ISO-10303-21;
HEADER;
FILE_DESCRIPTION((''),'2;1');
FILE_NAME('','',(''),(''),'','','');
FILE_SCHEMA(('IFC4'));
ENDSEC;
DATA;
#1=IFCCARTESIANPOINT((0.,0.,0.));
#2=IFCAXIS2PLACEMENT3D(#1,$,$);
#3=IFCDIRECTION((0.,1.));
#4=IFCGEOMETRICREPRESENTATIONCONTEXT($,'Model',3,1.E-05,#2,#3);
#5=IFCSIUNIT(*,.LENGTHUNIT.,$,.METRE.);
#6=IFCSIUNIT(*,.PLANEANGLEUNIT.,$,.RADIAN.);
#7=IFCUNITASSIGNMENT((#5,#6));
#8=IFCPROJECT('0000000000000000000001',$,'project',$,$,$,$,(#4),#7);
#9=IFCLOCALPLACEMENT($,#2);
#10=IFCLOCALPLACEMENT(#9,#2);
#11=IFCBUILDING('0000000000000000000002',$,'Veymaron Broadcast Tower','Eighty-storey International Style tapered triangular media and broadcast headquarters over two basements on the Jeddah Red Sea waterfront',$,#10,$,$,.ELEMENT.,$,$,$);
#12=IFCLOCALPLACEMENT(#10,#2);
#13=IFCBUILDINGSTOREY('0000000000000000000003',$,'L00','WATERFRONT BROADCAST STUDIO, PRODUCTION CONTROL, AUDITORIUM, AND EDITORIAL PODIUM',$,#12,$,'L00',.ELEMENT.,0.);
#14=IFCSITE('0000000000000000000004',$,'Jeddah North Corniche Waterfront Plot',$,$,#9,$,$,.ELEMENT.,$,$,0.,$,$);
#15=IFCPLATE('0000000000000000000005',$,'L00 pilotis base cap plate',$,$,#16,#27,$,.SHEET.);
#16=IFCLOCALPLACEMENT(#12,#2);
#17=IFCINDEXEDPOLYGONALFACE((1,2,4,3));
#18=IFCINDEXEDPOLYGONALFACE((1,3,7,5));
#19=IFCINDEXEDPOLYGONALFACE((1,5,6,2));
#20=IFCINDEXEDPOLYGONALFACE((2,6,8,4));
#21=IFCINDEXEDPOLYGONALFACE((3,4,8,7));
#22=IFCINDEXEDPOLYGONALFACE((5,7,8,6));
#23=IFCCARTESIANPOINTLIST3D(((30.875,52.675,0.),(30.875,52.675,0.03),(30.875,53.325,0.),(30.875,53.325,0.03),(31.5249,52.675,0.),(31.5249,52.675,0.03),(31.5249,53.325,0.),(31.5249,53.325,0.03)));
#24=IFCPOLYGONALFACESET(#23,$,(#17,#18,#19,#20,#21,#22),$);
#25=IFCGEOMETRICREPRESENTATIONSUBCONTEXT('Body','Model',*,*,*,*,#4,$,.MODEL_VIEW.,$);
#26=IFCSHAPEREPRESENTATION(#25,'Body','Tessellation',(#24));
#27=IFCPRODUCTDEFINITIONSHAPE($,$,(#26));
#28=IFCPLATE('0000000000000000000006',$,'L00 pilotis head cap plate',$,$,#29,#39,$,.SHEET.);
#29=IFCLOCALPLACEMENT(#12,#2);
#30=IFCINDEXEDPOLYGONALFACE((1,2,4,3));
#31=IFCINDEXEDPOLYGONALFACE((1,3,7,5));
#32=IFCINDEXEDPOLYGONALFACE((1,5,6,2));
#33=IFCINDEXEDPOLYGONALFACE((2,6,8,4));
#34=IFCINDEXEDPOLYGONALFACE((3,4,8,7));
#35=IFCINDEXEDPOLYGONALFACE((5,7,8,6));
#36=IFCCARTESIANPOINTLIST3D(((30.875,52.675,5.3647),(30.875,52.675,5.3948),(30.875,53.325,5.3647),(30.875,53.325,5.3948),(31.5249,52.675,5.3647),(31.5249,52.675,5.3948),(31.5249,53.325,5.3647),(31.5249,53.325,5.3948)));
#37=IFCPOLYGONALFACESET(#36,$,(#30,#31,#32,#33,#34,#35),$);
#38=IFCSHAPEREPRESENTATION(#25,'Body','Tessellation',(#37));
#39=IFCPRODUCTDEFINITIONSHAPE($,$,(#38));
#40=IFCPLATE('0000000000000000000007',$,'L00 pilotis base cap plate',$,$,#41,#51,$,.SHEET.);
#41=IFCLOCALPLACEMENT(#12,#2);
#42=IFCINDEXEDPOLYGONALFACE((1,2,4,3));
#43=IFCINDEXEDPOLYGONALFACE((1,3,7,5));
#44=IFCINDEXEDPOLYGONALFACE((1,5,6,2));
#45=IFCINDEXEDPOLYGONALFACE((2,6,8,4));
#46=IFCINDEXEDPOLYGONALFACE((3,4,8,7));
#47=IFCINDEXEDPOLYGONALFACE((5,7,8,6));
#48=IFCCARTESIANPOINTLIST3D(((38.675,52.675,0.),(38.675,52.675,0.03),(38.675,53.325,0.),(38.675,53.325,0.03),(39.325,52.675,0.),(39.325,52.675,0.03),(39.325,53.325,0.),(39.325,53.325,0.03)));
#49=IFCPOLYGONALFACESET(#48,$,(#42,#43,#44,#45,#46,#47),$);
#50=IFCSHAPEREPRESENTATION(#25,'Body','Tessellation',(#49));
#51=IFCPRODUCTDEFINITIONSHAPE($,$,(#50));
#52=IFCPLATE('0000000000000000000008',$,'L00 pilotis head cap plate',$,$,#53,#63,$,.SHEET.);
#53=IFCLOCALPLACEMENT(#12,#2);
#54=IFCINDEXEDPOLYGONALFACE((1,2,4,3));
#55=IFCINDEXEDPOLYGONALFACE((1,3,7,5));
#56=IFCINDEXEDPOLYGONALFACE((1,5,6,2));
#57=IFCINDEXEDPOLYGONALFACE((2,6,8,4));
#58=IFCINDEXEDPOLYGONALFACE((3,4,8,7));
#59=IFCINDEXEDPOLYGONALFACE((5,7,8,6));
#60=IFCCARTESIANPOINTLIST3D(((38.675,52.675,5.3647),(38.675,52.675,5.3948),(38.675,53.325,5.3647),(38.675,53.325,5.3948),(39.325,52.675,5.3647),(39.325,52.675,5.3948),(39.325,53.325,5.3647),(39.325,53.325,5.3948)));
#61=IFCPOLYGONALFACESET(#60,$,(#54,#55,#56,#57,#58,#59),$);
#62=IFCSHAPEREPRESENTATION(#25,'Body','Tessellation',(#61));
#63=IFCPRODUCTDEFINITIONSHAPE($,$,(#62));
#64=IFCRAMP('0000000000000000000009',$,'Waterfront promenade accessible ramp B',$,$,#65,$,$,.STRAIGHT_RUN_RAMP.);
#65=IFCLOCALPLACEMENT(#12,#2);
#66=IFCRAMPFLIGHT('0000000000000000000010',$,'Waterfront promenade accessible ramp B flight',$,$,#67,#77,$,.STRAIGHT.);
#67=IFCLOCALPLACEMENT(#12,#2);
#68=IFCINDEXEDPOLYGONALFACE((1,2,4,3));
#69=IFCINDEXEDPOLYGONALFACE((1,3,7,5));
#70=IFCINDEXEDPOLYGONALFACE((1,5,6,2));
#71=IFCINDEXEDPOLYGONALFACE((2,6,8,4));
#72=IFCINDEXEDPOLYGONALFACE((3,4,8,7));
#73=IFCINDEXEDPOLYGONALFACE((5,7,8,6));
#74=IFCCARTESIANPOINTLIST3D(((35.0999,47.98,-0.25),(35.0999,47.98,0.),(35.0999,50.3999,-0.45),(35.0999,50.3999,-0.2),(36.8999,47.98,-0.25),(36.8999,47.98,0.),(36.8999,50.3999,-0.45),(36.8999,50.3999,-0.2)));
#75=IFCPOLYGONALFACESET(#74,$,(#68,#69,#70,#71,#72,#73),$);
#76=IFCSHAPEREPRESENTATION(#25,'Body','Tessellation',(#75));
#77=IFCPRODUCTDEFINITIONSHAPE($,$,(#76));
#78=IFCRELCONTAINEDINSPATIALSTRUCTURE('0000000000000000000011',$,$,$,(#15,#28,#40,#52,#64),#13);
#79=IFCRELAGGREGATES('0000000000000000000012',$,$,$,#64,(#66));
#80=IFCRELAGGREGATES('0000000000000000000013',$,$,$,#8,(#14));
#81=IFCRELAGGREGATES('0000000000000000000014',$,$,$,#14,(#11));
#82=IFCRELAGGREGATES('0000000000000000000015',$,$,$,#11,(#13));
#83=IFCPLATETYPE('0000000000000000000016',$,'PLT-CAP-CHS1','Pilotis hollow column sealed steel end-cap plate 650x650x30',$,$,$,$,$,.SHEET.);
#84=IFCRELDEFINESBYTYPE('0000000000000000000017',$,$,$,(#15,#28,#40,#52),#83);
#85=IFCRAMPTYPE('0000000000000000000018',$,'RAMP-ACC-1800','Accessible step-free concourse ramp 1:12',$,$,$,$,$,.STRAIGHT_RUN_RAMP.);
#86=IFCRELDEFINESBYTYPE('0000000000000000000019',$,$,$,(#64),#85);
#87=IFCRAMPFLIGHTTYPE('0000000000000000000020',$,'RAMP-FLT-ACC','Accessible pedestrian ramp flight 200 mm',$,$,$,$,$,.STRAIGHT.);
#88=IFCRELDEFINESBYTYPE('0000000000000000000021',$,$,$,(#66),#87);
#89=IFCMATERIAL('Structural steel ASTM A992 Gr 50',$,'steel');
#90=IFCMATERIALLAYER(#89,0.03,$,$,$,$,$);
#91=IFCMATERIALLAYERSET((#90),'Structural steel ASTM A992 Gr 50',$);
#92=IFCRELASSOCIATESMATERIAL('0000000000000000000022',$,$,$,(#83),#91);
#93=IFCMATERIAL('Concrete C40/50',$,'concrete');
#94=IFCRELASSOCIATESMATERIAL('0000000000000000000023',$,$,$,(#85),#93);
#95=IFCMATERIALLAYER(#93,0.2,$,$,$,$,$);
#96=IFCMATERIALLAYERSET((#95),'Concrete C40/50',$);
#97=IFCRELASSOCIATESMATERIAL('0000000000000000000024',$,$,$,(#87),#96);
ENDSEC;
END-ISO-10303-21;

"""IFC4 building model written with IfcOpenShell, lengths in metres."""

from ifc_helpers import new_model, si_unit, direction, frame, origin, origin_2d, place, context, subcontext, project, spatial, polyline, rectangle, outline, extrude, material, layer, layer_set, type_object, element, aggregate, save


model = new_model("IFC4")

# Units and contexts
model_context = context("Model", 3, precision=1e-05, world=origin(), true_north=direction((0.0, 1.0)))
body_context = subcontext(model_context, "Body", "Model", "MODEL_VIEW")
ifc_project = project(units=[si_unit("LENGTHUNIT", "METRE"), si_unit("PLANEANGLEUNIT", "RADIAN")], contexts=[model_context])

# Site, building, storey
site_placement = place(None, origin())
site = spatial("IfcSite", under=ifc_project, at=site_placement, Name="Jeddah North Corniche Waterfront Plot", CompositionType="ELEMENT", RefElevation=0.0)
building_placement = place(site_placement, origin())
building = spatial("IfcBuilding", under=site, at=building_placement, Name="Veymaron Broadcast Tower", Description="Eighty-storey International Style tapered triangular media and broadcast headquarters over two basements on the Jeddah Red Sea waterfront", CompositionType="ELEMENT")
storey_placement = place(building_placement, origin())
storey = spatial("IfcBuildingStorey", under=building, at=storey_placement, Name="L00", Description="WATERFRONT BROADCAST STUDIO, PRODUCTION CONTROL, AUDITORIUM, AND EDITORIAL PODIUM", LongName="L00", CompositionType="ELEMENT", Elevation=0.0)

# Shared definitions
ifc_material_1 = material(Name="Structural steel ASTM A992 Gr 50", Category="steel")

# Plates
ifc_layer_1 = layer(ifc_material_1, 0.03)
ifc_layer_set_1 = layer_set([ifc_layer_1], Name="Structural steel ASTM A992 Gr 50")
plate_type = type_object("IfcPlateType", Name="PLT-CAP-CHS1", Description="Pilotis hollow column sealed steel end-cap plate 650x650x30", PredefinedType="SHEET", material=ifc_layer_set_1)
for number, where, z_axis, x_axis, name in (
    (1, (31.2, 53.0, 0.0), (0.0, 0.0, 1.0), (1.0, 0.0, 0.0), "L00 pilotis base cap plate"),
    (2, (31.2, 53.0, 5.3647), (0.0, 0.0, 1.0), (1.0, 0.0, 0.0), "L00 pilotis head cap plate"),
    (3, (39.0, 53.0, 0.0), (0.0, 0.0, 1.0), (1.0, 0.0, 0.0), "L00 pilotis base cap plate"),
    (4, (39.0, 53.0, 5.3647), (0.0, 0.0, 1.0), (1.0, 0.0, 0.0), "L00 pilotis head cap plate"),
):
    element("IfcPlate", number, at=place(storey_placement, frame(where, z_axis=z_axis, x_axis=x_axis)), inside=storey, type_object=plate_type, Name=name, PredefinedType="SHEET", context=body_context, shape_type="SweptSolid", body=[
        extrude(rectangle(XDim=0.6499, YDim=0.6499, at=origin_2d()), origin(), (0.0, 0.0, 1.0), 0.03),
    ])

# Ramp, ramp flight
ifc_material_2 = material(Name="Concrete C40/50", Category="concrete")
ramp_type = type_object("IfcRampType", Name="RAMP-ACC-1800", Description="Accessible step-free concourse ramp 1:12", PredefinedType="STRAIGHT_RUN_RAMP", material=ifc_material_2)
ramp_placement = place(storey_placement, origin())
ramp = element("IfcRamp", 5, at=ramp_placement, inside=storey, type_object=ramp_type, Name="Waterfront promenade accessible ramp B", PredefinedType="STRAIGHT_RUN_RAMP")
ifc_layer_2 = layer(ifc_material_2, 0.2)
ifc_layer_set_2 = layer_set([ifc_layer_2], Name="Concrete C40/50")
ramp_flight_type = type_object("IfcRampFlightType", Name="RAMP-FLT-ACC", Description="Accessible pedestrian ramp flight 200 mm", PredefinedType="STRAIGHT", material=ifc_layer_set_2)
ramp_flight_placement = place(storey_placement, frame((36.0, 50.3999, -0.2), z_axis=(0.0, 0.0, 1.0), x_axis=(0.0, -1.0, 0.0)))
ramp_flight = element("IfcRampFlight", 6, at=ramp_flight_placement, type_object=ramp_flight_type, Name="Waterfront promenade accessible ramp B flight", PredefinedType="STRAIGHT", context=body_context, shape_type="SweptSolid", body=[
    extrude(outline(polyline([(0.0, 0.0), (2.4199, 0.2), (2.4199, -0.05), (0.0, -0.25), (0.0, 0.0)])), frame((0.0, 0.8999, 0.0), z_axis=(0.0, -1.0, 0.0), x_axis=(1.0, 0.0, 0.0)), (0.0, 0.0, 1.0), 1.8),
])
aggregate(ramp, [ramp_flight])

save(model, "model.ifc")
